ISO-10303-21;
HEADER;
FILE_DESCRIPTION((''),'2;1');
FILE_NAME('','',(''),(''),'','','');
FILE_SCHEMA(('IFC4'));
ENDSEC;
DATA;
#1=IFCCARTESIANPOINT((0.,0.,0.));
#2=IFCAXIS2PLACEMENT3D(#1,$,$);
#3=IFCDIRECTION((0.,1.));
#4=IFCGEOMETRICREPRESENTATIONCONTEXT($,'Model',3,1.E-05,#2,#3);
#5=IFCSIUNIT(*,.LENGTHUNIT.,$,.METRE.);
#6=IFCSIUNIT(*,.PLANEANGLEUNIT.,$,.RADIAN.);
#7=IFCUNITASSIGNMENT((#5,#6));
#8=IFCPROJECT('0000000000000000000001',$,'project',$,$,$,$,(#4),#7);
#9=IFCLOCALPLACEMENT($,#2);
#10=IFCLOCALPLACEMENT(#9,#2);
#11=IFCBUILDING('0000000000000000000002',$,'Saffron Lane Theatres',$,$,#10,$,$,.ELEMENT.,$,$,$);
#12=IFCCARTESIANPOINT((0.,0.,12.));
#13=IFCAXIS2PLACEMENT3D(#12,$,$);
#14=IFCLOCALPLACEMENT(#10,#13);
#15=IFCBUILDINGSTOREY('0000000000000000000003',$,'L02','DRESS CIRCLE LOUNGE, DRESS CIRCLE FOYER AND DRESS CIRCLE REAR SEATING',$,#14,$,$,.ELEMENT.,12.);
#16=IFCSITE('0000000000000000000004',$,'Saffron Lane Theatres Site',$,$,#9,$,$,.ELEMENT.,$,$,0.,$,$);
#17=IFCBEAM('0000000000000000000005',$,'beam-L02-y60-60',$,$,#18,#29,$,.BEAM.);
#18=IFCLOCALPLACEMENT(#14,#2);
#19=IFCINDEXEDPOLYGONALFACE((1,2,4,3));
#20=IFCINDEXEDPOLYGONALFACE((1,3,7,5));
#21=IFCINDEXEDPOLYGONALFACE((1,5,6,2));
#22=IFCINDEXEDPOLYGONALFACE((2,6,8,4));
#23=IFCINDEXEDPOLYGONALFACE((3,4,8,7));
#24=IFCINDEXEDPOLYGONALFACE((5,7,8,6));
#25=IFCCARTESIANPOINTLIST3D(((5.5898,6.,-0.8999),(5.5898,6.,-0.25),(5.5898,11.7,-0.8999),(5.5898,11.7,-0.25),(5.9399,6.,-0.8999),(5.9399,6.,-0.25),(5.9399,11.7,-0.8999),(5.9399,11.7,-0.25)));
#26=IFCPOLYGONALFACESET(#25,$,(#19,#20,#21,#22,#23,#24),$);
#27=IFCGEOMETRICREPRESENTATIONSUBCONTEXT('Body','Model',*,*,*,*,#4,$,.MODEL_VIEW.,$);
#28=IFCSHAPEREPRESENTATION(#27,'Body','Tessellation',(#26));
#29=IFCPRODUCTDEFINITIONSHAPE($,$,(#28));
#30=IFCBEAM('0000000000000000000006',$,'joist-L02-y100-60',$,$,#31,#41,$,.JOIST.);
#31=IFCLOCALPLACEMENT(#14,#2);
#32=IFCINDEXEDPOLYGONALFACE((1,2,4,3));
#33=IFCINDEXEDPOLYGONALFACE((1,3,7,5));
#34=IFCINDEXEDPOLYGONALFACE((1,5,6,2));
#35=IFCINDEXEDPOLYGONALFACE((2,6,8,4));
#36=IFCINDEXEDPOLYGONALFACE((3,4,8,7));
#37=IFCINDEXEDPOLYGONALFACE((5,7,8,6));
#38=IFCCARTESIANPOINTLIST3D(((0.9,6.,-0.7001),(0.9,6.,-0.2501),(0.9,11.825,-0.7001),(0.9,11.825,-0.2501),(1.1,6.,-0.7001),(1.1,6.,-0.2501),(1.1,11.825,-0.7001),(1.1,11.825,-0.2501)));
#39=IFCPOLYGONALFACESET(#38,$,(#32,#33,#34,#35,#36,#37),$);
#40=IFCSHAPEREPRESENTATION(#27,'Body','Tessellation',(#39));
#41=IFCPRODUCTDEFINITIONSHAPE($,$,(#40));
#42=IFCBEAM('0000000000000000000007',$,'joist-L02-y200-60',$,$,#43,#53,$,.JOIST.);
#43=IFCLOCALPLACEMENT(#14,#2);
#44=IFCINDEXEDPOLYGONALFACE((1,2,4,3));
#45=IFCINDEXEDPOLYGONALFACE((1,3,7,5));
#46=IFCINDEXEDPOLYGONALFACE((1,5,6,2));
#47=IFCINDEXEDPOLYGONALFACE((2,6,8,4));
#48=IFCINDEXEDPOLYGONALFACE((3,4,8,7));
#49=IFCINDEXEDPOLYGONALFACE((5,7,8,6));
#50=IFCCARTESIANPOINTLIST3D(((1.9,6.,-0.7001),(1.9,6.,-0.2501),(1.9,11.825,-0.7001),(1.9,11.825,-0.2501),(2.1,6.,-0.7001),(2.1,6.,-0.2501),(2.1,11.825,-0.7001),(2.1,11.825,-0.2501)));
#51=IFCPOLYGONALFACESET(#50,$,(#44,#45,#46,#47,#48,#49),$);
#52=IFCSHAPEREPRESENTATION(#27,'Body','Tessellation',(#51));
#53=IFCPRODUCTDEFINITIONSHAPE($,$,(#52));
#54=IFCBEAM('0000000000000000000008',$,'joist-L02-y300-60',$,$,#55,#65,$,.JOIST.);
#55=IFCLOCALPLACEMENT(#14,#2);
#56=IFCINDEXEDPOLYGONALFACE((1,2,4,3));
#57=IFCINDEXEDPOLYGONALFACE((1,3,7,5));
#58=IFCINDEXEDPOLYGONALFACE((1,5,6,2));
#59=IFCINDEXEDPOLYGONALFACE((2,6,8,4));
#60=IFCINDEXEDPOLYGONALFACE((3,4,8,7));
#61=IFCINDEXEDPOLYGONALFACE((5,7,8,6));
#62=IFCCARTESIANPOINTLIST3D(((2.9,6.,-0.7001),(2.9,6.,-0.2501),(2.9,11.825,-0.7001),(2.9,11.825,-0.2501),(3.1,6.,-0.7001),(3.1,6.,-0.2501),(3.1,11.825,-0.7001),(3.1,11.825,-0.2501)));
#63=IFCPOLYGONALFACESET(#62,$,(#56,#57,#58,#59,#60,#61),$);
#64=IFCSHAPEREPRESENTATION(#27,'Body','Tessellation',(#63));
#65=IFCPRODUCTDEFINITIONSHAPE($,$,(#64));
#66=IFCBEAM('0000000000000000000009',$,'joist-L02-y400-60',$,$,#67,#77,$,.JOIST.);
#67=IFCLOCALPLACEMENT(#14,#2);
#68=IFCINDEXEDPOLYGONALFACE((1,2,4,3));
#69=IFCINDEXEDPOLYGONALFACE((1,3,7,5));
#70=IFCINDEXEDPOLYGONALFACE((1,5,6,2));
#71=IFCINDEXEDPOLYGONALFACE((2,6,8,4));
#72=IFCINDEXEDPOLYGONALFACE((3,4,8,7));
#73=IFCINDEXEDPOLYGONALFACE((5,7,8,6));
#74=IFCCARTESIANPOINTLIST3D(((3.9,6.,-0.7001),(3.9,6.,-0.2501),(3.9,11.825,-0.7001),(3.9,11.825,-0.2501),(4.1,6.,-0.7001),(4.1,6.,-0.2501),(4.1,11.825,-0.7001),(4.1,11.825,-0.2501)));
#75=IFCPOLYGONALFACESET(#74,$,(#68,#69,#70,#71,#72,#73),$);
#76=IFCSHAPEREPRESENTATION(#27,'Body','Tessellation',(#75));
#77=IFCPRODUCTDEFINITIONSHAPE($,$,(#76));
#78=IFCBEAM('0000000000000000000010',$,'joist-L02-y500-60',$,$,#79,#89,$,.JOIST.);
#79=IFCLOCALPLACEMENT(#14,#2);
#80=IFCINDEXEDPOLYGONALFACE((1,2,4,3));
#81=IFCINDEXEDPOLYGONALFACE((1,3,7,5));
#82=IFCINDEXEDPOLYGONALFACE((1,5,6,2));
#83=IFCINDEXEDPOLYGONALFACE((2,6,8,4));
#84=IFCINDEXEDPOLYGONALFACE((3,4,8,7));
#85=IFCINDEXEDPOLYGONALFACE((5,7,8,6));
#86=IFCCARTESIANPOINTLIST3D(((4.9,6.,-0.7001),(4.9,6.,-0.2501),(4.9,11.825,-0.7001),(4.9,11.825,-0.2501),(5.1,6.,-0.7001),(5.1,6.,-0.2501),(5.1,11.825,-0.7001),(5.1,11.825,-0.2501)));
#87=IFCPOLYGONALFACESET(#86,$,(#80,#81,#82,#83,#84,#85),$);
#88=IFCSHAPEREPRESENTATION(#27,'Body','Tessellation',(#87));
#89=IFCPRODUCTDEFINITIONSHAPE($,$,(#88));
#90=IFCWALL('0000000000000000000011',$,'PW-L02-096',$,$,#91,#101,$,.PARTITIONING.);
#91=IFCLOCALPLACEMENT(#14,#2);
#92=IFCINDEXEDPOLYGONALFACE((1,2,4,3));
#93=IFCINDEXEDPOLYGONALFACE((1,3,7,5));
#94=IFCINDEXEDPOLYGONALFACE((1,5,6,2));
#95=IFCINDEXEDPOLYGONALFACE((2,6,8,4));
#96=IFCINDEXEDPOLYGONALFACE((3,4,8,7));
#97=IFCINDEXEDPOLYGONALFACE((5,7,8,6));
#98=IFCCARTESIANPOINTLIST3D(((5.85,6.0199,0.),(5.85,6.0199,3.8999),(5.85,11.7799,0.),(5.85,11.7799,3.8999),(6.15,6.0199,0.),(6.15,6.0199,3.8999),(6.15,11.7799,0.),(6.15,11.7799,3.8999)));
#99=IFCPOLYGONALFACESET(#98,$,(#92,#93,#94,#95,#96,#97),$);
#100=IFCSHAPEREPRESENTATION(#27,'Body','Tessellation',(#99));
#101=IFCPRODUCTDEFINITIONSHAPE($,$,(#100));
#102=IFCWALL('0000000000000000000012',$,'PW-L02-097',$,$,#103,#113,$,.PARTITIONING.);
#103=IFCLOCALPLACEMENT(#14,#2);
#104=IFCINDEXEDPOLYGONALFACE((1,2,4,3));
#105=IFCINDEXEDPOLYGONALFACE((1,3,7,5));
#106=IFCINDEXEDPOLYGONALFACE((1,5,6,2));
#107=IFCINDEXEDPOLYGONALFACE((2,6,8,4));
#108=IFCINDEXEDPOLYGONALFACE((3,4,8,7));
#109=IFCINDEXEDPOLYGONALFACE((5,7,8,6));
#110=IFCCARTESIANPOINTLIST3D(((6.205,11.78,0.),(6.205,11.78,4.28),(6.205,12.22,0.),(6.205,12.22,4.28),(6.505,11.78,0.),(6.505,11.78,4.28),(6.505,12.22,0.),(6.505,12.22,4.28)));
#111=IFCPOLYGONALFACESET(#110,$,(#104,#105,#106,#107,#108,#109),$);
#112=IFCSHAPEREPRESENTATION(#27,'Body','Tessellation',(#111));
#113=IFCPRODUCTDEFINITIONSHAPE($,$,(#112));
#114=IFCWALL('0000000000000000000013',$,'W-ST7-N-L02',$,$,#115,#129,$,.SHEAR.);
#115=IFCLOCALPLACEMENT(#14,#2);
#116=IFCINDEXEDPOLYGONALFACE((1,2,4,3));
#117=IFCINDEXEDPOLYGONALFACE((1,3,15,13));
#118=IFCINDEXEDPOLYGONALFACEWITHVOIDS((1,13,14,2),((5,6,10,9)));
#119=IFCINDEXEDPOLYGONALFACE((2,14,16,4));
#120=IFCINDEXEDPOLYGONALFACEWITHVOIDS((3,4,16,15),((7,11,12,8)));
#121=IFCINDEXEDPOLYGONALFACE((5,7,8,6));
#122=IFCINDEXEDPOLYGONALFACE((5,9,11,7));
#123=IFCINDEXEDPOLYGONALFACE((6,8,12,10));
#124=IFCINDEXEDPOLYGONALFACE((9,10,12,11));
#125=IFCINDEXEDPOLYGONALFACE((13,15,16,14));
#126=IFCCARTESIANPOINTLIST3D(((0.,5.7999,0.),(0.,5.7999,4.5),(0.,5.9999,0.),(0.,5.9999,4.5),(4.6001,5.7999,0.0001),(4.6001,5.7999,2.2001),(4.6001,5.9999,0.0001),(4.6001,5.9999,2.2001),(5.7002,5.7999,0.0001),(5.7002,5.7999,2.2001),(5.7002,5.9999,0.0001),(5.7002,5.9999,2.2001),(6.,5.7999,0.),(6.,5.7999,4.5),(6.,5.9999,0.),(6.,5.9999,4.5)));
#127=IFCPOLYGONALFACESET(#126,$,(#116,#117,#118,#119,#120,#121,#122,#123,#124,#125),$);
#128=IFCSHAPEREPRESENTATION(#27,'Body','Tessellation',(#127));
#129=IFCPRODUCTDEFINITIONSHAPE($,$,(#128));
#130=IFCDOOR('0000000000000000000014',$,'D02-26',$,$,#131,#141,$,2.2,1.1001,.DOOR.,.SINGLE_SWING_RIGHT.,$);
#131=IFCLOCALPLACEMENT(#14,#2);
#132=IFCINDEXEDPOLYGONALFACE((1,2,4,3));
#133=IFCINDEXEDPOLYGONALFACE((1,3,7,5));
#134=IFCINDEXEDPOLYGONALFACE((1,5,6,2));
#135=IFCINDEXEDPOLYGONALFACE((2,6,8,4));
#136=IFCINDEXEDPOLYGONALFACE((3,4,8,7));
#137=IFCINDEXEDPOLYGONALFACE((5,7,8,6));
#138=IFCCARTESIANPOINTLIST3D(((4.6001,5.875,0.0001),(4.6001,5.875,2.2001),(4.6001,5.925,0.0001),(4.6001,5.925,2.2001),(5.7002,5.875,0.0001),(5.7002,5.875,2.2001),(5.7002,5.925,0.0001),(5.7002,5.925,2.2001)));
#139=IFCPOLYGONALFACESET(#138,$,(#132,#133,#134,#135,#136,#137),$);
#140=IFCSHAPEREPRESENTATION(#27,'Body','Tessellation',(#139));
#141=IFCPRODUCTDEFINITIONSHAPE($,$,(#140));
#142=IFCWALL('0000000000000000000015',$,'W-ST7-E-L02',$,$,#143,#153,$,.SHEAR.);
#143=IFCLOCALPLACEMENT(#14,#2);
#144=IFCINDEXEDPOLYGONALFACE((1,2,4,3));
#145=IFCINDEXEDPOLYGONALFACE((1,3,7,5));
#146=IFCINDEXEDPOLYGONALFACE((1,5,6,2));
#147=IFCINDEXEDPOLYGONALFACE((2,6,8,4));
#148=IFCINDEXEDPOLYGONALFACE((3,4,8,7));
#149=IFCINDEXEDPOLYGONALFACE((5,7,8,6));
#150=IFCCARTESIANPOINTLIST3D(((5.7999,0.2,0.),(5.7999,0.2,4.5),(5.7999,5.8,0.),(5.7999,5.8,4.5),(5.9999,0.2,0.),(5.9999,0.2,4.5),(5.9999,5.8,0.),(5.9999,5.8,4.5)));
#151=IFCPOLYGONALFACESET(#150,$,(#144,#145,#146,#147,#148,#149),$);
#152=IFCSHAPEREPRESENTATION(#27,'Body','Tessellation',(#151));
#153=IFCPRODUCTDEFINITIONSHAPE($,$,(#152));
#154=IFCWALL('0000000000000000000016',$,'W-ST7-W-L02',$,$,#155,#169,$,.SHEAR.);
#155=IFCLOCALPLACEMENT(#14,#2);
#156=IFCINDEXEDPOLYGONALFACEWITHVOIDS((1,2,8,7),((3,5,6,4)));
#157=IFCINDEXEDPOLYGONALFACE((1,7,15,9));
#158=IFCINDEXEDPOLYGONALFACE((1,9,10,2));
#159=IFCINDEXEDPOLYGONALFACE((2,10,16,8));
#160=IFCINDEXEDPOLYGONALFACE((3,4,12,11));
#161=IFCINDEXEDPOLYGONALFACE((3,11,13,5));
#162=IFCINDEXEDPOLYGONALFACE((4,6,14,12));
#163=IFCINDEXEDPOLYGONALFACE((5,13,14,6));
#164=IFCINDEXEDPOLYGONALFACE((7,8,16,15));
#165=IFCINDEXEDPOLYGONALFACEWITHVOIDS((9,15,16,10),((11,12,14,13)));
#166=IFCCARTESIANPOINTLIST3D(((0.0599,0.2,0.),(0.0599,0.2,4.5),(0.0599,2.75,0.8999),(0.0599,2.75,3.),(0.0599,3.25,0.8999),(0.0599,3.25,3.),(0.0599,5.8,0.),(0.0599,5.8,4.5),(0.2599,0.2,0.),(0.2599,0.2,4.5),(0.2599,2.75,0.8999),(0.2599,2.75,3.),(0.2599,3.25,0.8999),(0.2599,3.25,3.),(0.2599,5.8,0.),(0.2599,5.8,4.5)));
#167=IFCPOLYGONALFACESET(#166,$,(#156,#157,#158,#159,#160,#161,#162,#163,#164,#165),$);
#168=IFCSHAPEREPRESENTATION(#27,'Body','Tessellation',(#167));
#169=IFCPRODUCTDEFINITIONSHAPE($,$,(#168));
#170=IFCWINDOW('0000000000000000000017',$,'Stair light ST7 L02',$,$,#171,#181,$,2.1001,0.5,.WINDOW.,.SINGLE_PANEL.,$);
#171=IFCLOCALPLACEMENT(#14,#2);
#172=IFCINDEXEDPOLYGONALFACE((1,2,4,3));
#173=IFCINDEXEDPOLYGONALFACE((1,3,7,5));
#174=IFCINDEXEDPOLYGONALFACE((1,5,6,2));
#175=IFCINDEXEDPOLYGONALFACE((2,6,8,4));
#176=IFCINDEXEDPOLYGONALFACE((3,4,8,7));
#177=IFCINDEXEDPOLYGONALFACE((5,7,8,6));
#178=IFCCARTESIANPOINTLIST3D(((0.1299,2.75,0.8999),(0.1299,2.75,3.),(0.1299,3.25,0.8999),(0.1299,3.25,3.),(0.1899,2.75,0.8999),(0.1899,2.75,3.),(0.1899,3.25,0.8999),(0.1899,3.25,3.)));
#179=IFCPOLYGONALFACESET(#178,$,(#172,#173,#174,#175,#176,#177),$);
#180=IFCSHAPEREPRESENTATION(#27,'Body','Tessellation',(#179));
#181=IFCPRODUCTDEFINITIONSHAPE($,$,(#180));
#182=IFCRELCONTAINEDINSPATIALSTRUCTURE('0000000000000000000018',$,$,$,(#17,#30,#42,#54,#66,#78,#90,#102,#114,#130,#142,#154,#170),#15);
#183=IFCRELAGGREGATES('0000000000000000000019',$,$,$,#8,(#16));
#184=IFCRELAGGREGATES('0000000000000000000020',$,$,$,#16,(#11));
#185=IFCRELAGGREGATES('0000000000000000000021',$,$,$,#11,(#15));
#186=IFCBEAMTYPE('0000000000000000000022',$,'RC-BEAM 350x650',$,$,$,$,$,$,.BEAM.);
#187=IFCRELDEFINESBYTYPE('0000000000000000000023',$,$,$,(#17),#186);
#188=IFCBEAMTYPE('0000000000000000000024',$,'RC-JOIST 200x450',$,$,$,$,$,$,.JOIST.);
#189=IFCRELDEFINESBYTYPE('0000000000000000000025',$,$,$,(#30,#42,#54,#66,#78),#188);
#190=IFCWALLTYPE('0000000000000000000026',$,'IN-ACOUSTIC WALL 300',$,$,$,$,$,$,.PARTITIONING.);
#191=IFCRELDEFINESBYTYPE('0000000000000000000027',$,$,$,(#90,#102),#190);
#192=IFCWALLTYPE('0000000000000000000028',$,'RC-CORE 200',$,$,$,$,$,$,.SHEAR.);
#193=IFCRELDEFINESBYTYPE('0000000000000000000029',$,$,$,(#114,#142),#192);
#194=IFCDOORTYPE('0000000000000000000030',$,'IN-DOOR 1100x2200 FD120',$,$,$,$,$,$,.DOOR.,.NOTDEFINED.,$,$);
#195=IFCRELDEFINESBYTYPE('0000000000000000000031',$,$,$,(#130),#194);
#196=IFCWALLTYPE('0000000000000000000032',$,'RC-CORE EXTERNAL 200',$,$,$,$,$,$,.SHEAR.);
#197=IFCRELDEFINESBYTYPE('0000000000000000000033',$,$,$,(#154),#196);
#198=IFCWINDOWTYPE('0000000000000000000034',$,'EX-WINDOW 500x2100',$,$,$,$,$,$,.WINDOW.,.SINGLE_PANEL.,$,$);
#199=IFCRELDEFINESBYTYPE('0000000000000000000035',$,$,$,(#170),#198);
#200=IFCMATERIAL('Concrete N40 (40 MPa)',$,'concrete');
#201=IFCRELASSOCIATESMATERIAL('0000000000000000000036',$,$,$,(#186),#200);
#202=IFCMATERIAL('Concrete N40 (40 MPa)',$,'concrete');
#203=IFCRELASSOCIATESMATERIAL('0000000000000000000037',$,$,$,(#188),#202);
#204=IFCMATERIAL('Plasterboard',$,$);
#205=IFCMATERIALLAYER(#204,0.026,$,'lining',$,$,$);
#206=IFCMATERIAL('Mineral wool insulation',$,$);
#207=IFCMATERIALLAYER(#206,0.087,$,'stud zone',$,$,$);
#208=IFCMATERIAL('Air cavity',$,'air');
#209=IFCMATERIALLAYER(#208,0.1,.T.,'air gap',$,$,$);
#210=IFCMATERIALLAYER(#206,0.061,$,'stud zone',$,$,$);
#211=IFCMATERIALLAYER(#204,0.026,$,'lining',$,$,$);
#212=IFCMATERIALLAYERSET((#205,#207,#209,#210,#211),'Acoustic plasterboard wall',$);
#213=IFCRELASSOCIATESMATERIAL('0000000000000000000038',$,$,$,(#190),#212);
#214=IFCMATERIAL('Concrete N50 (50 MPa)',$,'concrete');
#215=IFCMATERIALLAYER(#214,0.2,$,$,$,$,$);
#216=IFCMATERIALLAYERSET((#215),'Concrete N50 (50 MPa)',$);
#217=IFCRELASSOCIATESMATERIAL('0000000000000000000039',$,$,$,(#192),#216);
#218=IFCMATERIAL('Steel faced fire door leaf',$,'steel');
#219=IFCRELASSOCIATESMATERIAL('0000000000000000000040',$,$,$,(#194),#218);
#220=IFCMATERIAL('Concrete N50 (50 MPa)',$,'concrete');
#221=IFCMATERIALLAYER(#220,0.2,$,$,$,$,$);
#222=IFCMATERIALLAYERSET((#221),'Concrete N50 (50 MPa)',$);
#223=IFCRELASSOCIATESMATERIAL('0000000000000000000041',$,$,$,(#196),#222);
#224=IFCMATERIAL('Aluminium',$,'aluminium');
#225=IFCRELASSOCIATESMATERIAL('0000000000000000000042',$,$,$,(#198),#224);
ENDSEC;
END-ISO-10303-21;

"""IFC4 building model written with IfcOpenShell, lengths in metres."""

from ifc_helpers import new_model, si_unit, direction, frame, frame_2d, origin, origin_2d, place, context, subcontext, project, spatial, rectangle, extrude, material, layer, layer_set, material_profile, profile_set, type_object, element, fill, save


model = new_model("IFC4")

# Units and contexts
model_context = context("Model", 3, precision=1e-05, world=origin(), true_north=direction((0.0, 1.0)))
body_context = subcontext(model_context, "Body", "Model", "MODEL_VIEW")
ifc_project = project(units=[si_unit("LENGTHUNIT", "METRE"), si_unit("PLANEANGLEUNIT", "RADIAN")], contexts=[model_context])

# Site, building, storey
site_placement = place(None, origin())
site = spatial("IfcSite", under=ifc_project, at=site_placement, Name="Saffron Lane Theatres Site", CompositionType="ELEMENT", RefElevation=0.0)
building_placement = place(site_placement, origin())
building = spatial("IfcBuilding", under=site, at=building_placement, Name="Saffron Lane Theatres", CompositionType="ELEMENT")
storey_placement = place(building_placement, frame((0.0, 0.0, 12.0)))
storey = spatial("IfcBuildingStorey", under=building, at=storey_placement, Name="L02", Description="DRESS CIRCLE LOUNGE, DRESS CIRCLE FOYER AND DRESS CIRCLE REAR SEATING", CompositionType="ELEMENT", Elevation=12.0)

# Beams
ifc_material_1 = material(Name="Concrete N40 (40 MPa)", Category="concrete")
ifc_material_profile_1 = material_profile(ifc_material_1, rectangle(XDim=0.3501, YDim=0.6499, at=origin_2d()))
ifc_profile_set_1 = profile_set([ifc_material_profile_1], Name="Concrete N40 (40 MPa)")
beam_type_1 = type_object("IfcBeamType", Name="RC-BEAM 350x650", PredefinedType="BEAM", material=ifc_profile_set_1)
beam_placement = place(storey_placement, frame((5.7649, 6.0, -0.575), z_axis=(0.0, 1.0, 0.0), x_axis=(-1.0, 0.0, 0.0)))
element("IfcBeam", 1, at=beam_placement, inside=storey, type_object=beam_type_1, Name="beam-L02-y60-60", PredefinedType="BEAM", context=body_context, shape_type="SweptSolid", body=[
    extrude(rectangle(XDim=0.3501, YDim=0.6499, at=origin_2d()), origin(), (0.0, 0.0, 1.0), 5.7),
])
ifc_material_2 = material(Name="Concrete N40 (40 MPa)", Category="concrete")
ifc_material_profile_2 = material_profile(ifc_material_2, rectangle(XDim=0.2, YDim=0.45, at=origin_2d()))
ifc_profile_set_2 = profile_set([ifc_material_profile_2], Name="Concrete N40 (40 MPa)")
beam_type_2 = type_object("IfcBeamType", Name="RC-JOIST 200x450", PredefinedType="JOIST", material=ifc_profile_set_2)
for number, where, z_axis, x_axis, name in (
    (2, (1.0, 6.0, -0.4751), (0.0, 1.0, 0.0), (-1.0, 0.0, 0.0), "joist-L02-y100-60"),
    (3, (2.0, 6.0, -0.4751), (0.0, 1.0, 0.0), (-1.0, 0.0, 0.0), "joist-L02-y200-60"),
    (4, (3.0, 6.0, -0.4751), (0.0, 1.0, 0.0), (-1.0, 0.0, 0.0), "joist-L02-y300-60"),
    (5, (4.0, 6.0, -0.4751), (0.0, 1.0, 0.0), (-1.0, 0.0, 0.0), "joist-L02-y400-60"),
    (6, (5.0, 6.0, -0.4751), (0.0, 1.0, 0.0), (-1.0, 0.0, 0.0), "joist-L02-y500-60"),
):
    element("IfcBeam", number, at=place(storey_placement, frame(where, z_axis=z_axis, x_axis=x_axis)), inside=storey, type_object=beam_type_2, Name=name, PredefinedType="JOIST", context=body_context, shape_type="SweptSolid", body=[
        extrude(rectangle(XDim=0.2, YDim=0.45, at=origin_2d()), origin(), (0.0, 0.0, 1.0), 5.825),
    ])

# Walls
ifc_material_3 = material(Name="Plasterboard")
ifc_layer_1 = layer(ifc_material_3, 0.026, Name="lining")
ifc_material_4 = material(Name="Mineral wool insulation")
ifc_layer_2 = layer(ifc_material_4, 0.087, Name="stud zone")
ifc_material_5 = material(Name="Air cavity", Category="air")
ifc_layer_3 = layer(ifc_material_5, 0.1, ventilated=True, Name="air gap")
ifc_layer_4 = layer(ifc_material_4, 0.061, Name="stud zone")
ifc_layer_5 = layer(ifc_material_3, 0.026, Name="lining")
ifc_layer_set_1 = layer_set([ifc_layer_1, ifc_layer_2, ifc_layer_3, ifc_layer_4, ifc_layer_5], Name="Acoustic plasterboard wall")
wall_type_1 = type_object("IfcWallType", Name="IN-ACOUSTIC WALL 300", PredefinedType="PARTITIONING", material=ifc_layer_set_1)
wall_1_placement = place(storey_placement, frame((6.0, 6.02, 0.0), z_axis=(0.0, 0.0, 1.0), x_axis=(0.0, 1.0, 0.0)))
element("IfcWall", 7, at=wall_1_placement, inside=storey, type_object=wall_type_1, Name="PW-L02-096", PredefinedType="PARTITIONING", context=body_context, shape_type="SweptSolid", body=[
    extrude(rectangle(XDim=5.76, YDim=0.3, at=frame_2d((2.8799, 0.0))), origin(), (0.0, 0.0, 1.0), 3.8999),
])
wall_2_placement = place(storey_placement, frame((6.355, 11.78, 0.0), z_axis=(0.0, 0.0, 1.0), x_axis=(0.0, 1.0, 0.0)))
element("IfcWall", 8, at=wall_2_placement, inside=storey, type_object=wall_type_1, Name="PW-L02-097", PredefinedType="PARTITIONING", context=body_context, shape_type="SweptSolid", body=[
    extrude(rectangle(XDim=0.4399, YDim=0.3, at=frame_2d((0.22, 0.0))), origin(), (0.0, 0.0, 1.0), 4.28),
])

# Wall, opening, door
ifc_material_6 = material(Name="Concrete N50 (50 MPa)", Category="concrete")
ifc_layer_6 = layer(ifc_material_6, 0.2)
ifc_layer_set_2 = layer_set([ifc_layer_6], Name="Concrete N50 (50 MPa)")
wall_type_2 = type_object("IfcWallType", Name="RC-CORE 200", PredefinedType="SHEAR", material=ifc_layer_set_2)
wall_3_placement = place(storey_placement, frame((0.0, 5.8999, 0.0), z_axis=(0.0, 0.0, 1.0), x_axis=(1.0, 0.0, 0.0)))
wall_3 = element("IfcWall", 9, at=wall_3_placement, inside=storey, type_object=wall_type_2, Name="W-ST7-N-L02", PredefinedType="SHEAR", context=body_context, shape_type="SweptSolid", body=[
    extrude(rectangle(XDim=6.0, YDim=0.2, at=frame_2d((3.0, 0.0))), origin(), (0.0, 0.0, 1.0), 4.5),
])
opening_1_placement = place(wall_3_placement, frame((4.6001, 0.0, 0.0)))
opening_1 = element("IfcOpeningElement", 10, at=opening_1_placement, cuts=wall_3, PredefinedType="OPENING", context=body_context, shape_type="SweptSolid", body=[
    extrude(rectangle(XDim=1.1001, YDim=2.2, at=frame_2d((0.55, 1.1001))), frame((0.0, 0.1099, 0.0), z_axis=(0.0, -1.0, 0.0), x_axis=(1.0, 0.0, 0.0)), (0.0, 0.0, 1.0), 0.22),
])
ifc_material_7 = material(Name="Steel faced fire door leaf", Category="steel")
door_type = type_object("IfcDoorType", Name="IN-DOOR 1100x2200 FD120", OperationType="NOTDEFINED", PredefinedType="DOOR", material=ifc_material_7)
door_placement = place(opening_1_placement, frame((1.1001, 0.0, 0.0), z_axis=(0.0, 0.0, 1.0), x_axis=(-1.0, 0.0, 0.0)))
door = element("IfcDoor", 11, at=door_placement, inside=storey, type_object=door_type, Name="D02-26", OperationType="SINGLE_SWING_RIGHT", OverallHeight=2.2, OverallWidth=1.1001, PredefinedType="DOOR", context=body_context, shape_type="SweptSolid", body=[
    extrude(rectangle(XDim=1.1001, YDim=2.2, at=frame_2d((0.55, 1.1001))), frame((0.0, 0.0249, 0.0), z_axis=(0.0, -1.0, 0.0), x_axis=(1.0, 0.0, 0.0)), (0.0, 0.0, 1.0), 0.05),
])
fill(opening_1, door)

# Wall
wall_4_placement = place(storey_placement, frame((5.8999, 0.2, 0.0), z_axis=(0.0, 0.0, 1.0), x_axis=(0.0, 1.0, 0.0)))
element("IfcWall", 12, at=wall_4_placement, inside=storey, type_object=wall_type_2, Name="W-ST7-E-L02", PredefinedType="SHEAR", context=body_context, shape_type="SweptSolid", body=[
    extrude(rectangle(XDim=5.6001, YDim=0.2, at=frame_2d((2.8, 0.0))), origin(), (0.0, 0.0, 1.0), 4.5),
])

# Wall, opening, window
ifc_material_8 = material(Name="Concrete N50 (50 MPa)", Category="concrete")
ifc_layer_7 = layer(ifc_material_8, 0.2)
ifc_layer_set_3 = layer_set([ifc_layer_7], Name="Concrete N50 (50 MPa)")
wall_type_3 = type_object("IfcWallType", Name="RC-CORE EXTERNAL 200", PredefinedType="SHEAR", material=ifc_layer_set_3)
wall_5_placement = place(storey_placement, frame((0.1599, 0.2, 0.0), z_axis=(0.0, 0.0, 1.0), x_axis=(0.0, 1.0, 0.0)))
wall_5 = element("IfcWall", 13, at=wall_5_placement, inside=storey, type_object=wall_type_3, Name="W-ST7-W-L02", PredefinedType="SHEAR", context=body_context, shape_type="SweptSolid", body=[
    extrude(rectangle(XDim=5.6001, YDim=0.2, at=frame_2d((2.8, 0.0))), origin(), (0.0, 0.0, 1.0), 4.5),
])
opening_2_placement = place(wall_5_placement, frame((2.55, 0.0, 0.8999)))
opening_2 = element("IfcOpeningElement", 14, at=opening_2_placement, cuts=wall_5, PredefinedType="OPENING", context=body_context, shape_type="SweptSolid", body=[
    extrude(rectangle(XDim=0.5, YDim=2.1001, at=frame_2d((0.25, 1.05))), frame((0.0, 0.1099, 0.0), z_axis=(0.0, -1.0, 0.0), x_axis=(1.0, 0.0, 0.0)), (0.0, 0.0, 1.0), 0.22),
])
ifc_material_9 = material(Name="Aluminium", Category="aluminium")
window_type = type_object("IfcWindowType", Name="EX-WINDOW 500x2100", PartitioningType="SINGLE_PANEL", PredefinedType="WINDOW", material=ifc_material_9)
window_placement = place(opening_2_placement, origin())
window = element("IfcWindow", 15, at=window_placement, inside=storey, type_object=window_type, Name="Stair light ST7 L02", OverallHeight=2.1001, OverallWidth=0.5, PartitioningType="SINGLE_PANEL", PredefinedType="WINDOW", context=body_context, shape_type="SweptSolid", body=[
    extrude(rectangle(XDim=0.5, YDim=2.1001, at=frame_2d((0.25, 1.05))), frame((0.0, 0.03, 0.0), z_axis=(0.0, -1.0, 0.0), x_axis=(1.0, 0.0, 0.0)), (0.0, 0.0, 1.0), 0.0601),
])
fill(opening_2, window)

save(model, "model.ifc")
